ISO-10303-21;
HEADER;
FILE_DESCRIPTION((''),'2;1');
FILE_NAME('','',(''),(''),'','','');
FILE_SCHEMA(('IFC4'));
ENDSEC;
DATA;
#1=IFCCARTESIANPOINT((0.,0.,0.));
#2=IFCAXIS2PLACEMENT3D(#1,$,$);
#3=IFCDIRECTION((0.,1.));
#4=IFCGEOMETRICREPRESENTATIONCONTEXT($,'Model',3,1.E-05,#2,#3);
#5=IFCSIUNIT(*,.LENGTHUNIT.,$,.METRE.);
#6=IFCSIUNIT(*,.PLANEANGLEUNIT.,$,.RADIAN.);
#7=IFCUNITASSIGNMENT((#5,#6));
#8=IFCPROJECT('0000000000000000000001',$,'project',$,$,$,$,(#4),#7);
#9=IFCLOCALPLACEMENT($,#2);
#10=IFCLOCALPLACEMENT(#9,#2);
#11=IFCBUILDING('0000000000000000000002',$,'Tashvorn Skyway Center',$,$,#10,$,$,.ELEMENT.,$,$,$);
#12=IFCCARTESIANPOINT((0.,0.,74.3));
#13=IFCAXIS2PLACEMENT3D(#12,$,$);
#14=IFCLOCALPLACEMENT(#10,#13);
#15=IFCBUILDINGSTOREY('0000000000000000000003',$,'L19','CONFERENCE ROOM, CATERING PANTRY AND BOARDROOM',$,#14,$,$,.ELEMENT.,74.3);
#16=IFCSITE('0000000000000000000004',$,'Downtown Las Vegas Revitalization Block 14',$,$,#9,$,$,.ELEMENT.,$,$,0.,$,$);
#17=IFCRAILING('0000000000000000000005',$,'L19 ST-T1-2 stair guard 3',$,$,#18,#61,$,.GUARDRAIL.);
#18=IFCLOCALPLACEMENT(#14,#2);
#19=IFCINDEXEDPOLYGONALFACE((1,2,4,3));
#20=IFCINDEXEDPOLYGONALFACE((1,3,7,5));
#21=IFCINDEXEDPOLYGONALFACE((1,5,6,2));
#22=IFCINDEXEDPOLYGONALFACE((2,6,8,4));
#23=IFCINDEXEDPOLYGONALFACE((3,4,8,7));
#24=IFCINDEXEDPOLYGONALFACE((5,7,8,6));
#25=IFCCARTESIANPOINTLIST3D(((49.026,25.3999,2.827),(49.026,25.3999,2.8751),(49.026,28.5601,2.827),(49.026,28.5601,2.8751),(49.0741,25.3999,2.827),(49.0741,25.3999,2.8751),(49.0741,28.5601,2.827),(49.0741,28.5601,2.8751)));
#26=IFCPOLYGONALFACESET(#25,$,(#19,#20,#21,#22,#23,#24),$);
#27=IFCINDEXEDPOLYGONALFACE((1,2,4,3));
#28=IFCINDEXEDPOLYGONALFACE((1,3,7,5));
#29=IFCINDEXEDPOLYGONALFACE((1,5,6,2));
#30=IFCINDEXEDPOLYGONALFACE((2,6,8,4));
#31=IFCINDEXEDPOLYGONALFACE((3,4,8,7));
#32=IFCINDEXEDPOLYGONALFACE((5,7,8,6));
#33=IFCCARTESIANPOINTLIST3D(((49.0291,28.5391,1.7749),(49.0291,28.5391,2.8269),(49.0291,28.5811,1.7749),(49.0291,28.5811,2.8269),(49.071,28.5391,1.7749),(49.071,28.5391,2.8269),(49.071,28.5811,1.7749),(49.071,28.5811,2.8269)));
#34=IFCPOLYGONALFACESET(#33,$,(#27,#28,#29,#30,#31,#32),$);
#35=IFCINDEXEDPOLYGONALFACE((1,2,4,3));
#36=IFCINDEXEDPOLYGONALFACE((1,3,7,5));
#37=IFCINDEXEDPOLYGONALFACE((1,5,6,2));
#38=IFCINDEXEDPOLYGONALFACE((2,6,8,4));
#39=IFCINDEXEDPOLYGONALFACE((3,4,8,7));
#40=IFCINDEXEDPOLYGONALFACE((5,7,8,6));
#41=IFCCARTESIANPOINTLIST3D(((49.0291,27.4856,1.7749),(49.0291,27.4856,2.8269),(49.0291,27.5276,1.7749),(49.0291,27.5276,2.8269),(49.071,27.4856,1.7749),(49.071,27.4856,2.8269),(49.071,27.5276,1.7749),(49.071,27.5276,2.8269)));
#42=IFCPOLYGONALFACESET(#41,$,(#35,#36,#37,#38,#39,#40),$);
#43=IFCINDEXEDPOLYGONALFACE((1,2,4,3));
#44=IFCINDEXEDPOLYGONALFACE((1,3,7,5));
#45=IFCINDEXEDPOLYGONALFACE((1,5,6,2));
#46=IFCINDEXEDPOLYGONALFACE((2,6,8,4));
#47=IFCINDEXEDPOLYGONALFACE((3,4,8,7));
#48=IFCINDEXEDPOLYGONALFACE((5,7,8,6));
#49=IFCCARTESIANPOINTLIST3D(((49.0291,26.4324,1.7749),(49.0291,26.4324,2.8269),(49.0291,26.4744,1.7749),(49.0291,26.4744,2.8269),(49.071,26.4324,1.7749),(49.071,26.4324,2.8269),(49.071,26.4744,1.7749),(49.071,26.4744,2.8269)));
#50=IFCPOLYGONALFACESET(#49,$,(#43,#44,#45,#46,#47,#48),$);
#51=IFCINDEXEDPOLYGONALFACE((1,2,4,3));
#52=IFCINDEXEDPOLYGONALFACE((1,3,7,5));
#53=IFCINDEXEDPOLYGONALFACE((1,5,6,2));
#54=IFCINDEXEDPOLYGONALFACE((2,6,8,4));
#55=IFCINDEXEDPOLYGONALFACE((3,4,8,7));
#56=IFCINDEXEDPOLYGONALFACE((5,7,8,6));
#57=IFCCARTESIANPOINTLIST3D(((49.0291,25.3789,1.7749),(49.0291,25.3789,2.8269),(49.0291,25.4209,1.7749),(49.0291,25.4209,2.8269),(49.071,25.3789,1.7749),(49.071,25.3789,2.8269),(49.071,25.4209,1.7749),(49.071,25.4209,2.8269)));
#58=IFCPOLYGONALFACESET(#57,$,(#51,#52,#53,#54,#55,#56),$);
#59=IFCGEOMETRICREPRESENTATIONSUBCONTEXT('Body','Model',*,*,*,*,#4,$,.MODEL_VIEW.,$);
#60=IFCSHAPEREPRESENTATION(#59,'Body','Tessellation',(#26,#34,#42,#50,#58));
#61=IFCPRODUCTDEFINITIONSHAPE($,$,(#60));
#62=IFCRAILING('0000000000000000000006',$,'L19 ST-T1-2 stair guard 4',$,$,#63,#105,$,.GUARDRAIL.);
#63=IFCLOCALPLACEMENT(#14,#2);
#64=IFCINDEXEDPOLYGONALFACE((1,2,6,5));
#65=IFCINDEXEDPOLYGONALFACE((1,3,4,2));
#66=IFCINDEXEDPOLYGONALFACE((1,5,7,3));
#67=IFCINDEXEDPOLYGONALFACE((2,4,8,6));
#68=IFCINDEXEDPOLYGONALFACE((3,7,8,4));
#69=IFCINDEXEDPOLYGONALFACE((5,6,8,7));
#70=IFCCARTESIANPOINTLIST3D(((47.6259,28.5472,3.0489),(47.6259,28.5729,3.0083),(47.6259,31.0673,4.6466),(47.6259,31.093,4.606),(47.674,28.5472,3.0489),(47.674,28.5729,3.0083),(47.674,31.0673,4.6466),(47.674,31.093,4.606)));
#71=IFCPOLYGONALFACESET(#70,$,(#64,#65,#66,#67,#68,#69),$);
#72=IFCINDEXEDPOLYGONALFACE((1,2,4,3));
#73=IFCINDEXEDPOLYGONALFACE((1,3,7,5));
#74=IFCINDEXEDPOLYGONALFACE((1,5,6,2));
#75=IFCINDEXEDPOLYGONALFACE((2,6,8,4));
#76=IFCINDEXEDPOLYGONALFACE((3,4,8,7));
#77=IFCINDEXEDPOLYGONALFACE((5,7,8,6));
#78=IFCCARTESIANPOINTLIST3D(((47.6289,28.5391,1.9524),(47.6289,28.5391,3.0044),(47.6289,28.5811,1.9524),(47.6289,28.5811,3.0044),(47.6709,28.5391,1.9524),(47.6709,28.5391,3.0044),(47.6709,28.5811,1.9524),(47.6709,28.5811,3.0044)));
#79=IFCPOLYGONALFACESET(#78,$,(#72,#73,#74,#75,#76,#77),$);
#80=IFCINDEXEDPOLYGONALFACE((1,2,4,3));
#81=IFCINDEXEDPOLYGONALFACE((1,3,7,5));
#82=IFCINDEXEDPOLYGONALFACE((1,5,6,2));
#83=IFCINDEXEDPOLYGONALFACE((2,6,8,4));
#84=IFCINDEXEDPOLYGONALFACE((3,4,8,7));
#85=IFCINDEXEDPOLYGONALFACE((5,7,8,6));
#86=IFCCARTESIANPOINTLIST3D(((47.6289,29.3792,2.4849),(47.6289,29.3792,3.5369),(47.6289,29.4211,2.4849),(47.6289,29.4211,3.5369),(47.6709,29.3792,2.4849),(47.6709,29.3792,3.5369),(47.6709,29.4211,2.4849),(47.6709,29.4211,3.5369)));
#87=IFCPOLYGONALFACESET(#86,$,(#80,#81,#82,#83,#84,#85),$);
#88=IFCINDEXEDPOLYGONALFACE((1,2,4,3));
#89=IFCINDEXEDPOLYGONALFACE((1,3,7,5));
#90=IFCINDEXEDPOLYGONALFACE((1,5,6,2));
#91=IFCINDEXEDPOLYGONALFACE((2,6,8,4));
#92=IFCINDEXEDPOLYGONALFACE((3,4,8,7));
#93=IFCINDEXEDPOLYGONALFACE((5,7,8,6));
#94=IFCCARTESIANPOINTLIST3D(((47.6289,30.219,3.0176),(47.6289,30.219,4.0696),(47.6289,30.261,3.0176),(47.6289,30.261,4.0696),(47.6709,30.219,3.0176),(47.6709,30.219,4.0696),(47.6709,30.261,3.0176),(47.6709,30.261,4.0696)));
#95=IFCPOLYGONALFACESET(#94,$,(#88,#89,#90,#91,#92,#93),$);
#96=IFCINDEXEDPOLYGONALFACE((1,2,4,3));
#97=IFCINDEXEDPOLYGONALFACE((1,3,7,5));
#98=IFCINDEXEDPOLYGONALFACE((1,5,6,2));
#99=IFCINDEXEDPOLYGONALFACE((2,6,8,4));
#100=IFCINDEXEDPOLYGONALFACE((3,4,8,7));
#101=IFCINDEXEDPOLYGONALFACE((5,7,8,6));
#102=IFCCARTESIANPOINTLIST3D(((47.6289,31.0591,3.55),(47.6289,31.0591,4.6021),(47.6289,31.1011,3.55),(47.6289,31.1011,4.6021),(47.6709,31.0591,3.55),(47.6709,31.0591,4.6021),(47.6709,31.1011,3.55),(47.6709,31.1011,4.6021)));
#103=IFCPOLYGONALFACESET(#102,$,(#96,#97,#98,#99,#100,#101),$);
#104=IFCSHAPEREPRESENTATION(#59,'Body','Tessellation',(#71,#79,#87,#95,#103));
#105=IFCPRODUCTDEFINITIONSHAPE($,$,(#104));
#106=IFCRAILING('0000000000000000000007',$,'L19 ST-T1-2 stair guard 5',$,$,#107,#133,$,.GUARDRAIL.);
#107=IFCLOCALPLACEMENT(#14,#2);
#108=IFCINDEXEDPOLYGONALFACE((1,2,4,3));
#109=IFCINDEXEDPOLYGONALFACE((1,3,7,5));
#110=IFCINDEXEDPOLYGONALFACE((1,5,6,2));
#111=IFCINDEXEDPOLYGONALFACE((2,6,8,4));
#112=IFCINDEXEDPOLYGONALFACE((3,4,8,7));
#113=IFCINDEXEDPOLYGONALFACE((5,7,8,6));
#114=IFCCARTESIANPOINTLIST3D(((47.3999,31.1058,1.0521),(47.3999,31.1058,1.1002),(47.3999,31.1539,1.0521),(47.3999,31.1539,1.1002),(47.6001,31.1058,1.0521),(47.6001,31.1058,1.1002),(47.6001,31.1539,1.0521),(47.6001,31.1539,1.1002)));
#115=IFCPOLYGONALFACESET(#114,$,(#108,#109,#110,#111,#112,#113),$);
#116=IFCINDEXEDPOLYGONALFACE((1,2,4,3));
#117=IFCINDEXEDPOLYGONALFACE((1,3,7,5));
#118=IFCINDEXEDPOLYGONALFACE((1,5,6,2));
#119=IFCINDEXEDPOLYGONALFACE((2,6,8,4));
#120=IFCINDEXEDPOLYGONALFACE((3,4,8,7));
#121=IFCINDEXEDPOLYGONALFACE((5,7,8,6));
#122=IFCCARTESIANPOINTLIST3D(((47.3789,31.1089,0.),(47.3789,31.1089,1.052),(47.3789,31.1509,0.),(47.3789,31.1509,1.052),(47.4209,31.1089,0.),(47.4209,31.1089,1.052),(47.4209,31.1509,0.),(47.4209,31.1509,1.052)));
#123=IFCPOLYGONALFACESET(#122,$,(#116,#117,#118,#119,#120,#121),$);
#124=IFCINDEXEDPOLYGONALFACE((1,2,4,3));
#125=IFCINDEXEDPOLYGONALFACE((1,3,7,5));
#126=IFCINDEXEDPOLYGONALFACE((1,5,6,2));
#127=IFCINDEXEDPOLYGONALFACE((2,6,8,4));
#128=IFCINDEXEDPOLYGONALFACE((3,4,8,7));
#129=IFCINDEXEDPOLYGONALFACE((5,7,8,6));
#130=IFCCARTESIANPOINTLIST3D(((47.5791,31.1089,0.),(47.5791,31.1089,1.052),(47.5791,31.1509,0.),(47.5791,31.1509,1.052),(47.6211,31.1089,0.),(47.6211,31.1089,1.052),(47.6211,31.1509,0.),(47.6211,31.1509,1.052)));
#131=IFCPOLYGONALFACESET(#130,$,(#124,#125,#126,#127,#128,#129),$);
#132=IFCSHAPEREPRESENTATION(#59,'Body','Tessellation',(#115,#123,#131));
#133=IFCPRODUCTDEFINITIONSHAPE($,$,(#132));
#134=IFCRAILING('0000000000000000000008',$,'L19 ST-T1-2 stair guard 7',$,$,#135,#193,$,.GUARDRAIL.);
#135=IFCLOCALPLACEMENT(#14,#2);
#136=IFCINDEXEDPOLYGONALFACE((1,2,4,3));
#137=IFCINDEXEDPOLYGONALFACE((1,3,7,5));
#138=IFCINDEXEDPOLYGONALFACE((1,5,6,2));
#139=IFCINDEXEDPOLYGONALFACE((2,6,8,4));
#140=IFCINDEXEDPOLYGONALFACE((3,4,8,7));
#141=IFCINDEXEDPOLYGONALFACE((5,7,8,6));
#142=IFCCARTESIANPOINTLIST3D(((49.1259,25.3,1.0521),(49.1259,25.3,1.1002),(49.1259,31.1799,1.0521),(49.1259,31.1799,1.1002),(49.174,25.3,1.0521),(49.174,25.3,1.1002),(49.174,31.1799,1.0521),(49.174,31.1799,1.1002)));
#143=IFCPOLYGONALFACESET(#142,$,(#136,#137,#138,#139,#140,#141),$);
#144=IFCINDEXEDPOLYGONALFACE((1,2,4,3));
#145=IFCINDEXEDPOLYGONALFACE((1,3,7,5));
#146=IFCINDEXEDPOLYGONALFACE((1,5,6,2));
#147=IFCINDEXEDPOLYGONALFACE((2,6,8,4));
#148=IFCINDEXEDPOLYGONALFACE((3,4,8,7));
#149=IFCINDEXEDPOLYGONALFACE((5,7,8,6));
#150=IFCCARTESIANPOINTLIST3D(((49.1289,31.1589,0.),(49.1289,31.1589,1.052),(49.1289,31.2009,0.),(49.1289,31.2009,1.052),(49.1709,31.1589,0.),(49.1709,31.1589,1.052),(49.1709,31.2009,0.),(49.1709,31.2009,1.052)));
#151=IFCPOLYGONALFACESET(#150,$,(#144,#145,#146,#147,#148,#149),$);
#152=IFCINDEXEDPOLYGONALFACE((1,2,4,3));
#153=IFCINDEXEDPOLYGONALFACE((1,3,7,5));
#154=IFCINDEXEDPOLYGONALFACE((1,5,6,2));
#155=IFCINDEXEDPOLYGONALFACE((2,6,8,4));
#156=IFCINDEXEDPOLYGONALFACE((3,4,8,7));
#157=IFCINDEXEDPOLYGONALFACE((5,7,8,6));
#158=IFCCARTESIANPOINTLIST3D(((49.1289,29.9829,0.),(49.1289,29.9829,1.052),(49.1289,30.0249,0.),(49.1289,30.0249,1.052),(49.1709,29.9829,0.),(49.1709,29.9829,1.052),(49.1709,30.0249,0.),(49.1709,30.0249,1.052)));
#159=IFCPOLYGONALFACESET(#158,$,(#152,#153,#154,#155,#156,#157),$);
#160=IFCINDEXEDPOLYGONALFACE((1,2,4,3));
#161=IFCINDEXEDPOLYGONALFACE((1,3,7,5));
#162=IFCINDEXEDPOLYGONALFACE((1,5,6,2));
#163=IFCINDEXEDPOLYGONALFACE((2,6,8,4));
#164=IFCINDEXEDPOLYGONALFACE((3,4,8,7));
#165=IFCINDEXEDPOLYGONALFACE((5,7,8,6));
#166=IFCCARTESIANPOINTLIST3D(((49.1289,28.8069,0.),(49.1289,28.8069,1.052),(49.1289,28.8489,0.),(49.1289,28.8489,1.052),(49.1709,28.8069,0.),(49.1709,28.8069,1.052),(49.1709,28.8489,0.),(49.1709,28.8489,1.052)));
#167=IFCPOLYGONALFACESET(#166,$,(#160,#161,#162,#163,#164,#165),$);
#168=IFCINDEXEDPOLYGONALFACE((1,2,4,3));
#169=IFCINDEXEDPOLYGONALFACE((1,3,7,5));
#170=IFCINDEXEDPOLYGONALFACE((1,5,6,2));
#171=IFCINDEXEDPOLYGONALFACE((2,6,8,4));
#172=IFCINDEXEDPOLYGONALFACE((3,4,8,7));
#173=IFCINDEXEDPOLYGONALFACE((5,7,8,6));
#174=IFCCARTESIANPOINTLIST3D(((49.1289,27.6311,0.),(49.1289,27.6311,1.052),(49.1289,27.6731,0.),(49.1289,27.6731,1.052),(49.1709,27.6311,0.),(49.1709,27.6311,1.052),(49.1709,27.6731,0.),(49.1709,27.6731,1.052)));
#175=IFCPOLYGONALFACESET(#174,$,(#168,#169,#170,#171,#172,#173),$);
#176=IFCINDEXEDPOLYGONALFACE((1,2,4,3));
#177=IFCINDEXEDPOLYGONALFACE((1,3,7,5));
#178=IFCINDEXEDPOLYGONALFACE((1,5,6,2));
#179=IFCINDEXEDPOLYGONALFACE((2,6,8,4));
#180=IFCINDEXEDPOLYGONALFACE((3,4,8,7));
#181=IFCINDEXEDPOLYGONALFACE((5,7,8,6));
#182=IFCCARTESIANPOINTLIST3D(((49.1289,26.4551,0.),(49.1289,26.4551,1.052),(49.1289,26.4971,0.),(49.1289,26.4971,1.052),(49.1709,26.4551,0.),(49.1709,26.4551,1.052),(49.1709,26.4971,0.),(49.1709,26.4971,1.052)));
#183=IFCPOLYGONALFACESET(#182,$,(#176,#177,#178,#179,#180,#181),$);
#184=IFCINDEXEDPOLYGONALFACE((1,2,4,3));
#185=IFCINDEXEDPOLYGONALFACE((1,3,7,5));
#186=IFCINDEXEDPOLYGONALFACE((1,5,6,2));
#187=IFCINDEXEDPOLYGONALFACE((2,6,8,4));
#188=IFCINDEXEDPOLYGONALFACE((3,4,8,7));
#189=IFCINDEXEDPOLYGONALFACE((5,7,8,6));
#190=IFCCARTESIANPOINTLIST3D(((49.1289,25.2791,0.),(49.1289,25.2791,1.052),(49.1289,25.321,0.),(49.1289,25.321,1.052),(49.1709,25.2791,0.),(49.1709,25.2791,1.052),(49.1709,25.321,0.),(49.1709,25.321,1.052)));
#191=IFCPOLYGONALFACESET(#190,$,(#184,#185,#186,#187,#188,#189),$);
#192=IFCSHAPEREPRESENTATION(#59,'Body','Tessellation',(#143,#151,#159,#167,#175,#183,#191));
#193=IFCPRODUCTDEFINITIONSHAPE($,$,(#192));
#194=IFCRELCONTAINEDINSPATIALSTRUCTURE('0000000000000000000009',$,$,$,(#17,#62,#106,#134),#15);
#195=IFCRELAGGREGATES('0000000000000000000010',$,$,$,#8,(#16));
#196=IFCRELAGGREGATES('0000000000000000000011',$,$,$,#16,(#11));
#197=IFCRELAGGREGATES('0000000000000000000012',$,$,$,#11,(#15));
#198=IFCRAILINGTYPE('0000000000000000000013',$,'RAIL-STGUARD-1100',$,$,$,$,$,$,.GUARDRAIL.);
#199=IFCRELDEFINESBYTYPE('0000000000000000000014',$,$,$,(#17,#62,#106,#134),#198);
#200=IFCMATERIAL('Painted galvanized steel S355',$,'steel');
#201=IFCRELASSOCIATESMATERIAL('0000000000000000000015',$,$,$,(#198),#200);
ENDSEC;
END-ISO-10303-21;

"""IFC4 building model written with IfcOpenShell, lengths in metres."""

from ifc_helpers import new_model, si_unit, direction, frame, origin, origin_2d, place, context, subcontext, project, spatial, rectangle, extrude, material, type_object, element, save


model = new_model("IFC4")

# Units and contexts
model_context = context("Model", 3, precision=1e-05, world=origin(), true_north=direction((0.0, 1.0)))
body_context = subcontext(model_context, "Body", "Model", "MODEL_VIEW")
ifc_project = project(units=[si_unit("LENGTHUNIT", "METRE"), si_unit("PLANEANGLEUNIT", "RADIAN")], contexts=[model_context])

# Site, building, storey
site_placement = place(None, origin())
site = spatial("IfcSite", under=ifc_project, at=site_placement, Name="Downtown Las Vegas Revitalization Block 14", CompositionType="ELEMENT", RefElevation=0.0)
building_placement = place(site_placement, origin())
building = spatial("IfcBuilding", under=site, at=building_placement, Name="Tashvorn Skyway Center", CompositionType="ELEMENT")
storey_placement = place(building_placement, frame((0.0, 0.0, 74.3)))
storey = spatial("IfcBuildingStorey", under=building, at=storey_placement, Name="L19", Description="CONFERENCE ROOM, CATERING PANTRY AND BOARDROOM", CompositionType="ELEMENT", Elevation=74.3)

# Railings
ifc_material_1 = material(Name="Painted galvanized steel S355", Category="steel")
railing_type_1 = type_object("IfcRailingType", Name="RAIL-STGUARD-1100", PredefinedType="GUARDRAIL", material=ifc_material_1)
railing_1_placement = place(storey_placement, frame((49.05, 28.5601, 1.7749)))
element("IfcRailing", 1, at=railing_1_placement, inside=storey, type_object=railing_type_1, Name="L19 ST-T1-2 stair guard 3", PredefinedType="GUARDRAIL", context=body_context, shape_type="SweptSolid", body=[
    extrude(rectangle(XDim=0.0481, YDim=0.0481, at=origin_2d()), frame((0.0, 0.0, 1.0762), z_axis=(0.0, -1.0, 0.0), x_axis=(1.0, 0.0, 0.0)), (0.0, 0.0, 1.0), 3.1602),
    extrude(rectangle(XDim=0.042, YDim=0.042, at=origin_2d()), origin(), (0.0, 0.0, 1.0), 1.052),
    extrude(rectangle(XDim=0.042, YDim=0.042, at=origin_2d()), frame((0.0, -1.0535, 0.0)), (0.0, 0.0, 1.0), 1.052),
    extrude(rectangle(XDim=0.042, YDim=0.042, at=origin_2d()), frame((0.0, -2.1067, 0.0)), (0.0, 0.0, 1.0), 1.052),
    extrude(rectangle(XDim=0.042, YDim=0.042, at=origin_2d()), frame((0.0, -3.1602, 0.0)), (0.0, 0.0, 1.0), 1.052),
])
railing_2_placement = place(storey_placement, frame((47.6499, 28.5601, 1.9524)))
element("IfcRailing", 2, at=railing_2_placement, inside=storey, type_object=railing_type_1, Name="L19 ST-T1-2 stair guard 4", PredefinedType="GUARDRAIL", context=body_context, shape_type="SweptSolid", body=[
    extrude(rectangle(XDim=0.0481, YDim=0.0481, at=origin_2d()), frame((0.0, 0.0, 1.0762), z_axis=(0.0, 0.84457, 0.535445), x_axis=(-1.0, 0.0, 0.0)), (0.0, 0.0, 1.0), 2.9839),
    extrude(rectangle(XDim=0.042, YDim=0.042, at=origin_2d()), origin(), (0.0, 0.0, 1.0), 1.052),
    extrude(rectangle(XDim=0.042, YDim=0.042, at=origin_2d()), frame((0.0, 0.8401, 0.5325)), (0.0, 0.0, 1.0), 1.052),
    extrude(rectangle(XDim=0.042, YDim=0.042, at=origin_2d()), frame((0.0, 1.6799, 1.0652)), (0.0, 0.0, 1.0), 1.052),
    extrude(rectangle(XDim=0.042, YDim=0.042, at=origin_2d()), frame((0.0, 2.52, 1.5977)), (0.0, 0.0, 1.0), 1.052),
])
railing_3_placement = place(storey_placement, frame((47.3999, 31.1299, 0.0)))
element("IfcRailing", 3, at=railing_3_placement, inside=storey, type_object=railing_type_1, Name="L19 ST-T1-2 stair guard 5", PredefinedType="GUARDRAIL", context=body_context, shape_type="SweptSolid", body=[
    extrude(rectangle(XDim=0.0481, YDim=0.0481, at=origin_2d()), frame((0.0, 0.0, 1.0762), z_axis=(1.0, 0.0, 0.0), x_axis=(0.0, 1.0, 0.0)), (0.0, 0.0, 1.0), 0.2002),
    extrude(rectangle(XDim=0.042, YDim=0.042, at=origin_2d()), origin(), (0.0, 0.0, 1.0), 1.052),
    extrude(rectangle(XDim=0.042, YDim=0.042, at=origin_2d()), frame((0.2002, 0.0, 0.0)), (0.0, 0.0, 1.0), 1.052),
])
railing_4_placement = place(storey_placement, frame((49.1499, 31.1799, 0.0)))
element("IfcRailing", 4, at=railing_4_placement, inside=storey, type_object=railing_type_1, Name="L19 ST-T1-2 stair guard 7", PredefinedType="GUARDRAIL", context=body_context, shape_type="SweptSolid", body=[
    extrude(rectangle(XDim=0.0481, YDim=0.0481, at=origin_2d()), frame((0.0, 0.0, 1.0762), z_axis=(0.0, -1.0, 0.0), x_axis=(1.0, 0.0, 0.0)), (0.0, 0.0, 1.0), 5.8799),
    extrude(rectangle(XDim=0.042, YDim=0.042, at=origin_2d()), origin(), (0.0, 0.0, 1.0), 1.052),
    extrude(rectangle(XDim=0.042, YDim=0.042, at=origin_2d()), frame((0.0, -1.176, 0.0)), (0.0, 0.0, 1.0), 1.052),
    extrude(rectangle(XDim=0.042, YDim=0.042, at=origin_2d()), frame((0.0, -2.3521, 0.0)), (0.0, 0.0, 1.0), 1.052),
    extrude(rectangle(XDim=0.042, YDim=0.042, at=origin_2d()), frame((0.0, -3.5278, 0.0)), (0.0, 0.0, 1.0), 1.052),
    extrude(rectangle(XDim=0.042, YDim=0.042, at=origin_2d()), frame((0.0, -4.7039, 0.0)), (0.0, 0.0, 1.0), 1.052),
    extrude(rectangle(XDim=0.042, YDim=0.042, at=origin_2d()), frame((0.0, -5.8799, 0.0)), (0.0, 0.0, 1.0), 1.052),
])

save(model, "model.ifc")
